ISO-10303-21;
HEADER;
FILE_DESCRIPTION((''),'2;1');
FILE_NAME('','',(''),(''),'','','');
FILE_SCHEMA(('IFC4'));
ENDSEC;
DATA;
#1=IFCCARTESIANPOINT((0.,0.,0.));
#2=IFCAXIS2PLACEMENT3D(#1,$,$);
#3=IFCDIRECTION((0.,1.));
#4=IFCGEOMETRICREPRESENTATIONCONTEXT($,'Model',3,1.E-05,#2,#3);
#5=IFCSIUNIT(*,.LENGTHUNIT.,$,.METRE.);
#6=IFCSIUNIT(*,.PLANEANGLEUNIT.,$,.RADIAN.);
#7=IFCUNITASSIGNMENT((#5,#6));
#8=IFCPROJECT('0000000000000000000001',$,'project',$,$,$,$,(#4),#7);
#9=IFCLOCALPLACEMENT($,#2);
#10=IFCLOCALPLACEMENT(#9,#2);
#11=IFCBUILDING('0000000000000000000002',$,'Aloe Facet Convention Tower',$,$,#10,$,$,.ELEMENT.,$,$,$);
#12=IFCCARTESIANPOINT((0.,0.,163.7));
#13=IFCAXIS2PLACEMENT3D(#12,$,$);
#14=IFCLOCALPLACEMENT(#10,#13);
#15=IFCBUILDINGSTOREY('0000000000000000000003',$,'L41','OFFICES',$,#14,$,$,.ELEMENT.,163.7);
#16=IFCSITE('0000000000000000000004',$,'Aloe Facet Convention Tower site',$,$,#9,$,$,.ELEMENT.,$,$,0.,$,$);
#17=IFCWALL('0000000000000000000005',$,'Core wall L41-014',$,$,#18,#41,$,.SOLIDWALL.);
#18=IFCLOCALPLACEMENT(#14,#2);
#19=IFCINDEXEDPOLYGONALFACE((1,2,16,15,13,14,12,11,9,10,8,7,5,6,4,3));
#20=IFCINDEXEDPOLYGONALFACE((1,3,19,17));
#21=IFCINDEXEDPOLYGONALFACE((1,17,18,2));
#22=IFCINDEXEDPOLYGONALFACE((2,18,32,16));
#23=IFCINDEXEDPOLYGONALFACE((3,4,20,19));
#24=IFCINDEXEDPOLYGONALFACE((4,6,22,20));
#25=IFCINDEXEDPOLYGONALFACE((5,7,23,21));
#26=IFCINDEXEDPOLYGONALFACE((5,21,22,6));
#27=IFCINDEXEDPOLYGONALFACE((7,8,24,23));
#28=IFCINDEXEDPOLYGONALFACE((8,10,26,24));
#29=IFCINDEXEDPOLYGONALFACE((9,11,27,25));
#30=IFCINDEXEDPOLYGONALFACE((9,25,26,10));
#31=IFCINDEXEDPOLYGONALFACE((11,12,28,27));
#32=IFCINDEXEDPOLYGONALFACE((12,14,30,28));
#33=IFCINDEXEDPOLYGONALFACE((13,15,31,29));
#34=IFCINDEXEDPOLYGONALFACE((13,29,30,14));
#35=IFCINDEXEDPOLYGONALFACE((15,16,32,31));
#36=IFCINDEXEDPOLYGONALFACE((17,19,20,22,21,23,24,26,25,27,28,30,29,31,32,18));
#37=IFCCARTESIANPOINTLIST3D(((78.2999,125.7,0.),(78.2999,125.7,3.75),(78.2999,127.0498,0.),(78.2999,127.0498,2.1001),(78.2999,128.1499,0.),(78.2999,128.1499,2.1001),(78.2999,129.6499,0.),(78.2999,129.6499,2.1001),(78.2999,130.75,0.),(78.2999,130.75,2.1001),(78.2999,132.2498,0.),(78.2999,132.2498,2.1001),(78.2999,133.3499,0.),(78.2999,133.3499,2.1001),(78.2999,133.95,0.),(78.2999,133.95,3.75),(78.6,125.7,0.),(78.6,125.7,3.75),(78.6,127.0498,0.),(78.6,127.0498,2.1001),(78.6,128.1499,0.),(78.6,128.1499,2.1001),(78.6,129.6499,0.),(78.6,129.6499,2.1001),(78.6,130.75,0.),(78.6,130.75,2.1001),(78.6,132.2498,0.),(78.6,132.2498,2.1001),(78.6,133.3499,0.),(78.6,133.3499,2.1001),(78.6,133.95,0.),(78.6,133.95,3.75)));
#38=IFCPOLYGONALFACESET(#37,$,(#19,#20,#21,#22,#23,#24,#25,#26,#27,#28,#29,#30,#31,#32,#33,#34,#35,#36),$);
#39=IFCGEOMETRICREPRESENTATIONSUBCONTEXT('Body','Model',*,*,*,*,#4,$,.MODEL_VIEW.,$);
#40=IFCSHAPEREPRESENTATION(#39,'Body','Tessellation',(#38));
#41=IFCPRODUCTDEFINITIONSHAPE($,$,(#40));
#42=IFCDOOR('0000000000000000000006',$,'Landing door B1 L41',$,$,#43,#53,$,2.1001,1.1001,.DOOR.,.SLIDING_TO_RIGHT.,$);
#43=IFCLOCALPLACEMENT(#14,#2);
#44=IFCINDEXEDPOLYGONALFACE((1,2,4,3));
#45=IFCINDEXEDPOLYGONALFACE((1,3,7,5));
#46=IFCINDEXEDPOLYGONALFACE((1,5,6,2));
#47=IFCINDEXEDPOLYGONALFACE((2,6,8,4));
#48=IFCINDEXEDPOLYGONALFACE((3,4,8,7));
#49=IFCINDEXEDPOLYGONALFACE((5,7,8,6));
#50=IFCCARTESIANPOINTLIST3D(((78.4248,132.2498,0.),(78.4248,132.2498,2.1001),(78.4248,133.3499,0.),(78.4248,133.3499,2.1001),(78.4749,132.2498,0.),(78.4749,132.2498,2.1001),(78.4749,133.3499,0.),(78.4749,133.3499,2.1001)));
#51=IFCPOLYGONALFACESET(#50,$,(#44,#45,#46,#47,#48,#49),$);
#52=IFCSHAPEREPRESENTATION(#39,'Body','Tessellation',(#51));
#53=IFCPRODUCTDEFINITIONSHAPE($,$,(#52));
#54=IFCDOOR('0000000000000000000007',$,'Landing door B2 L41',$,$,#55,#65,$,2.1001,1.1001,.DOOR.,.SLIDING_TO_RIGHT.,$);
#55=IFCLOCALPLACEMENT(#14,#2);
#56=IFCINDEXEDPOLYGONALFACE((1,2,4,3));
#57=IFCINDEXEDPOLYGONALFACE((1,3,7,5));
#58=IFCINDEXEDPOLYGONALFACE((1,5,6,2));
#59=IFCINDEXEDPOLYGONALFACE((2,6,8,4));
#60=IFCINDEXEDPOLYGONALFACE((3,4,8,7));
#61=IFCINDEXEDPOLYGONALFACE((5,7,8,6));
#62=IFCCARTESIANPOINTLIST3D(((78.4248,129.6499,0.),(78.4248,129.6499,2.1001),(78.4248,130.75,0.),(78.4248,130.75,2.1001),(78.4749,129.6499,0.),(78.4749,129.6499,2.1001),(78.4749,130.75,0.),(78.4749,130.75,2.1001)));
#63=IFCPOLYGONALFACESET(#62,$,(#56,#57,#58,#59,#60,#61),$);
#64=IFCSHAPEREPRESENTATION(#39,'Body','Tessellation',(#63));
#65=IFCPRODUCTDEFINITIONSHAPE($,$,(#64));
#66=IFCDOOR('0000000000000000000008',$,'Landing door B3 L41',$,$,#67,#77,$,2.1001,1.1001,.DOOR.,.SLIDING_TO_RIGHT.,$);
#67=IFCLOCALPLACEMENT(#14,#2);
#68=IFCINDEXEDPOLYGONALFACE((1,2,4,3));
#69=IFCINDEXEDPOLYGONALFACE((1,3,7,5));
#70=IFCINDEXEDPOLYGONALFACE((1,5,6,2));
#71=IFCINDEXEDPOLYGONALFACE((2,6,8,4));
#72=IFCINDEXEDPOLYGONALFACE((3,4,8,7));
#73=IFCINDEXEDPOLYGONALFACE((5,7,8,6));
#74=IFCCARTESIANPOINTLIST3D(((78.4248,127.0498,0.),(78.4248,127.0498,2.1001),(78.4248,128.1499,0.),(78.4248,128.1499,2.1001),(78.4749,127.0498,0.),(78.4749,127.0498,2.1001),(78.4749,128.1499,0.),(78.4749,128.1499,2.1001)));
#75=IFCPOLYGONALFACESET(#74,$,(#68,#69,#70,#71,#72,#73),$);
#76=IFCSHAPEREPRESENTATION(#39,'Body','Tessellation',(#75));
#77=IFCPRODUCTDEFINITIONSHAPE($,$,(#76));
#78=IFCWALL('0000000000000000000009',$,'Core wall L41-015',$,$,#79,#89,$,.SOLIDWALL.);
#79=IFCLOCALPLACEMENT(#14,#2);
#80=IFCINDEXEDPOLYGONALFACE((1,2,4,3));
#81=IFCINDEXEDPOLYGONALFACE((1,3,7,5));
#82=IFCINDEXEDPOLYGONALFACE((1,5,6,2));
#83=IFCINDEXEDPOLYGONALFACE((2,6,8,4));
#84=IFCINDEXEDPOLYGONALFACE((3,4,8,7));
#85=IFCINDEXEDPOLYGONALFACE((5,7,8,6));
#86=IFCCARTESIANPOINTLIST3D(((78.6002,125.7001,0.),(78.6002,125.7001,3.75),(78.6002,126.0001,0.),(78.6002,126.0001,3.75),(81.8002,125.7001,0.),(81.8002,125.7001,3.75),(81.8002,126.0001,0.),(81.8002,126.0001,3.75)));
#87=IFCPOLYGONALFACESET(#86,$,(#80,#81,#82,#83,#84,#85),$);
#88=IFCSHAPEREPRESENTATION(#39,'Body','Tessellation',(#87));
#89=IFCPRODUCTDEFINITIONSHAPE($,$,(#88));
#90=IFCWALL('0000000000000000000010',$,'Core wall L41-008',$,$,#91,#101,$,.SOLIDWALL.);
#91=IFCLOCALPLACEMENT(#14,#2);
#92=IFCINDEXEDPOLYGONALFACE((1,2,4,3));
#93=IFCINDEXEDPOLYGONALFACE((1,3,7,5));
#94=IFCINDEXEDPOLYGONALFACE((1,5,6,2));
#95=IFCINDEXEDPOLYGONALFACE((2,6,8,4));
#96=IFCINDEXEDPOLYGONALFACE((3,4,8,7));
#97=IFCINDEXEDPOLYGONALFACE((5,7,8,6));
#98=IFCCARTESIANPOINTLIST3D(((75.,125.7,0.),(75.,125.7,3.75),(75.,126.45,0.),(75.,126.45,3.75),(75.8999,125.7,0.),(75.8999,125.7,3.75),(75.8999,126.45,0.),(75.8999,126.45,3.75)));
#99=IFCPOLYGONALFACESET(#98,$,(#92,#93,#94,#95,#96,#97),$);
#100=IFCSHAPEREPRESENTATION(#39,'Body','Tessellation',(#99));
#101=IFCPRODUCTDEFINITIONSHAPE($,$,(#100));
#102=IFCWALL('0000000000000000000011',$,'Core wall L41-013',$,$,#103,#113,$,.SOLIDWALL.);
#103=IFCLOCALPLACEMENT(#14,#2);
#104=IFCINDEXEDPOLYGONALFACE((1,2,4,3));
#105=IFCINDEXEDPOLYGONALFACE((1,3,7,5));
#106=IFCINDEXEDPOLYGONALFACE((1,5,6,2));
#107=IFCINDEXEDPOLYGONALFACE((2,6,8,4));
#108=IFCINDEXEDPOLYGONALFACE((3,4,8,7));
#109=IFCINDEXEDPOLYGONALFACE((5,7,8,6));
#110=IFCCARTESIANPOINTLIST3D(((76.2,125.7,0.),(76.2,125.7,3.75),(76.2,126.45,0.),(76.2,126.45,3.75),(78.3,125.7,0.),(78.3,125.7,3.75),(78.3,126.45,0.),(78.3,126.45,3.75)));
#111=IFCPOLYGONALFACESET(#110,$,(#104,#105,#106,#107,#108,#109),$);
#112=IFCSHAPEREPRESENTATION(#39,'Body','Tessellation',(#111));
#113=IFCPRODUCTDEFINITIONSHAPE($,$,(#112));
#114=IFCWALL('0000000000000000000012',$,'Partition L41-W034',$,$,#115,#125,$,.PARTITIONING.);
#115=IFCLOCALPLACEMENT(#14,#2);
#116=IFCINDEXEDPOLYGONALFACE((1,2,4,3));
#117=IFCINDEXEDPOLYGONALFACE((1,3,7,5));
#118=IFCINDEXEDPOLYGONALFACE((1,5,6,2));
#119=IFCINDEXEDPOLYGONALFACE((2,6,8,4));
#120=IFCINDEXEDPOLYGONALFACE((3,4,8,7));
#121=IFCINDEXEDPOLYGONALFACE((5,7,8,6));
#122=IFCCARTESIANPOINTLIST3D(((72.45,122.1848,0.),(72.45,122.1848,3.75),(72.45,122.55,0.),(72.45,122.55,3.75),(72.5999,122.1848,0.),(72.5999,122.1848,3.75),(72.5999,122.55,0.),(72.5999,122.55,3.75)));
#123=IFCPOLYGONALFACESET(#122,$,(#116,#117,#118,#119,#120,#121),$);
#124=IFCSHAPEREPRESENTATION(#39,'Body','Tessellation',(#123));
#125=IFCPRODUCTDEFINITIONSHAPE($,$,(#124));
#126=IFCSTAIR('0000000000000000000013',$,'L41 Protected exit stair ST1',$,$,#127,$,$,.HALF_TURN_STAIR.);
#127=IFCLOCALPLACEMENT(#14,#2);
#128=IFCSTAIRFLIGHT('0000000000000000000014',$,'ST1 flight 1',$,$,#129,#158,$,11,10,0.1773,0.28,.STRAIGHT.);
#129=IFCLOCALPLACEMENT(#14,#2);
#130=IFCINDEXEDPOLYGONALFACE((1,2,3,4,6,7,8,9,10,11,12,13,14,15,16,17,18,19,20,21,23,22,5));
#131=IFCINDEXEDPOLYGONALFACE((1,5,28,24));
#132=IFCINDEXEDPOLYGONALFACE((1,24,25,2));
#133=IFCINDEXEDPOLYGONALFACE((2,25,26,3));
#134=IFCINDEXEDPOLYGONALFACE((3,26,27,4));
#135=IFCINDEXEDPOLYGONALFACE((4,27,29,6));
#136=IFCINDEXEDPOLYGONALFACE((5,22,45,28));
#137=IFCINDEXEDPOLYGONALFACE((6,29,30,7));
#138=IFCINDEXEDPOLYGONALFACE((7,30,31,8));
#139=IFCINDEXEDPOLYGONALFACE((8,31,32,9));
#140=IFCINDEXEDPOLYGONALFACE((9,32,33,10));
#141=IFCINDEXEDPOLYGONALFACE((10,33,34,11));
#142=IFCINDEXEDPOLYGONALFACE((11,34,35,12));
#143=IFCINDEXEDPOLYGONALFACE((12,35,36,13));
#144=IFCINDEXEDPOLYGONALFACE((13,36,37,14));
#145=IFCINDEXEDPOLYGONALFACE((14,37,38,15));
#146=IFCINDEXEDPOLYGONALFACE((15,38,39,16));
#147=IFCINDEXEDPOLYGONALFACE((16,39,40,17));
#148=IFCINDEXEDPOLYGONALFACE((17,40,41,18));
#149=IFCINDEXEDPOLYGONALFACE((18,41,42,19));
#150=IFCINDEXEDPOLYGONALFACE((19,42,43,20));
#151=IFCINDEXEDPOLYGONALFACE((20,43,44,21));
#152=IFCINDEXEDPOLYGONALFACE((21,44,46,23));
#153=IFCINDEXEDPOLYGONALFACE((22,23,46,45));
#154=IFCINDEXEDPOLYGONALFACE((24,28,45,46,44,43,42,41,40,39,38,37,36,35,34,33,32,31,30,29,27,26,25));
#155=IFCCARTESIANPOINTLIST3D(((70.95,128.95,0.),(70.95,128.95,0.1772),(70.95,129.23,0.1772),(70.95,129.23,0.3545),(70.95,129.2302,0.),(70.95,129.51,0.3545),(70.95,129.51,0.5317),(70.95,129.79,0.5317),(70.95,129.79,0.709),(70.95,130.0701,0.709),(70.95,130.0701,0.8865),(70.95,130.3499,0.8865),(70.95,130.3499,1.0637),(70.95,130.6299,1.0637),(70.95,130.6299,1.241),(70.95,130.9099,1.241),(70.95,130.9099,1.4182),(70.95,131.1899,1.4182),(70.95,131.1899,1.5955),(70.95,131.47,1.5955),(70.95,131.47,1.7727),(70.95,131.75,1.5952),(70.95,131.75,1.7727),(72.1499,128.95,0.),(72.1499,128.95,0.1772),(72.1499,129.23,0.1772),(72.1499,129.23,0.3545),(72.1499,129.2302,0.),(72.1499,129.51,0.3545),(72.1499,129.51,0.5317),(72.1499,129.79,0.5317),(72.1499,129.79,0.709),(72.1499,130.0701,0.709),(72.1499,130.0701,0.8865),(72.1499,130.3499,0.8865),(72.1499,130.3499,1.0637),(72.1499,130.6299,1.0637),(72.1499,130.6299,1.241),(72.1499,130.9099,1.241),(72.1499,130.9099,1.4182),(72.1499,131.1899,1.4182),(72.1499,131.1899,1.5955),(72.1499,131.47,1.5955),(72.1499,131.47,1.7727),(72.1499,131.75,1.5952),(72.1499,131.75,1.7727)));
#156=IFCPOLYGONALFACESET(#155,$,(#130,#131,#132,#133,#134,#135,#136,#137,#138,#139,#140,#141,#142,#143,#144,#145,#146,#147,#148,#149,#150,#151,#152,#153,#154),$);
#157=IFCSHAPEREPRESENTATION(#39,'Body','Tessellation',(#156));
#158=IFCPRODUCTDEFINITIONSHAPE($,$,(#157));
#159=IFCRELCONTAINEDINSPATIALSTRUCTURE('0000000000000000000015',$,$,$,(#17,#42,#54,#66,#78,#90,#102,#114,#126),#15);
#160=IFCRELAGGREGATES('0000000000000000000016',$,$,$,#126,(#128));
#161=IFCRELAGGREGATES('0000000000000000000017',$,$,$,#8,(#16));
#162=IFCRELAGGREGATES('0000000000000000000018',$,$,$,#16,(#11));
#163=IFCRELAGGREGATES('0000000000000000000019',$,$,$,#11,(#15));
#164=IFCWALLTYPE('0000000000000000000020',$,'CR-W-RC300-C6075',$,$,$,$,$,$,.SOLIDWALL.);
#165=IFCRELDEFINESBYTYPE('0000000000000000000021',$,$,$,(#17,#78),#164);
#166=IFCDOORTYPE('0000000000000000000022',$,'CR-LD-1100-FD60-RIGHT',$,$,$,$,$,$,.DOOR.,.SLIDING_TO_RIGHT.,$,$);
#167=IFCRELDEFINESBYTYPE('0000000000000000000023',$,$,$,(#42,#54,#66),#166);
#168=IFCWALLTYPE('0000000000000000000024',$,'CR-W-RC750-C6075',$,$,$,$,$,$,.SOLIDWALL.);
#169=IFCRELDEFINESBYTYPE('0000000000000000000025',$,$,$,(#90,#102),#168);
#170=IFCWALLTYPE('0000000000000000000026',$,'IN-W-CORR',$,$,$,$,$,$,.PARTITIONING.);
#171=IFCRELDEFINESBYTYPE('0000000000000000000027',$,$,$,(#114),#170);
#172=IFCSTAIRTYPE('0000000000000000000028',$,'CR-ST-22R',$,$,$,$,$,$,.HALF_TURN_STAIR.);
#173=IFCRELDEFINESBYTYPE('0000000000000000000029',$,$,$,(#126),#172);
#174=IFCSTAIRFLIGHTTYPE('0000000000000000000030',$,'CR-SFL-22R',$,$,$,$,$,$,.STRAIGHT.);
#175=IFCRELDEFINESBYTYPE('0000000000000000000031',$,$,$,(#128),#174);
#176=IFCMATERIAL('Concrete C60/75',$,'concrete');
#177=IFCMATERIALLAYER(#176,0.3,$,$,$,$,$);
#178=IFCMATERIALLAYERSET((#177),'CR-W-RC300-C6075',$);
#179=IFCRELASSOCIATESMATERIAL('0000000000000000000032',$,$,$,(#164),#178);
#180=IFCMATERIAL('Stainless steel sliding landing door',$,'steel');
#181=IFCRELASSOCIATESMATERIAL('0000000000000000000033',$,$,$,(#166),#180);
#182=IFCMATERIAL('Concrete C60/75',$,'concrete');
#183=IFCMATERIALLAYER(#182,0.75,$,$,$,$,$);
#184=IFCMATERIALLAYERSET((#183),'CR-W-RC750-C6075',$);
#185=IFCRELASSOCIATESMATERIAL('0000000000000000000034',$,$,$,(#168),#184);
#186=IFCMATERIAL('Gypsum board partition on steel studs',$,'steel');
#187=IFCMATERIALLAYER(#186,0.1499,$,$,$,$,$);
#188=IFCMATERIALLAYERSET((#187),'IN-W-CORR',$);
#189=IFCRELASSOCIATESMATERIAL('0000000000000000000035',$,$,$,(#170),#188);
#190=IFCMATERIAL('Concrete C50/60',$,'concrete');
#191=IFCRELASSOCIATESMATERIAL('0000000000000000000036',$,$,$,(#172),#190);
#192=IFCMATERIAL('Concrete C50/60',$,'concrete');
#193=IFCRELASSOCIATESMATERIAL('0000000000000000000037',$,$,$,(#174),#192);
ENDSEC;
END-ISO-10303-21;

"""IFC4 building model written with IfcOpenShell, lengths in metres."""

from ifc_helpers import new_model, si_unit, direction, frame, frame_2d, origin, place, context, subcontext, project, spatial, polyline, rectangle, outline, extrude, material, layer, layer_set, type_object, element, fill, aggregate, save


model = new_model("IFC4")

# Units and contexts
model_context = context("Model", 3, precision=1e-05, world=origin(), true_north=direction((0.0, 1.0)))
body_context = subcontext(model_context, "Body", "Model", "MODEL_VIEW")
ifc_project = project(units=[si_unit("LENGTHUNIT", "METRE"), si_unit("PLANEANGLEUNIT", "RADIAN")], contexts=[model_context])

# Site, building, storey
site_placement = place(None, origin())
site = spatial("IfcSite", under=ifc_project, at=site_placement, Name="Aloe Facet Convention Tower site", CompositionType="ELEMENT", RefElevation=0.0)
building_placement = place(site_placement, origin())
building = spatial("IfcBuilding", under=site, at=building_placement, Name="Aloe Facet Convention Tower", CompositionType="ELEMENT")
storey_placement = place(building_placement, frame((0.0, 0.0, 163.7)))
storey = spatial("IfcBuildingStorey", under=building, at=storey_placement, Name="L41", Description="OFFICES", CompositionType="ELEMENT", Elevation=163.7)

# Shared definitions
ifc_material_1 = material(Name="Concrete C60/75", Category="concrete")
ifc_layer_1 = layer(ifc_material_1, 0.3)
ifc_layer_set_1 = layer_set([ifc_layer_1], Name="CR-W-RC300-C6075")
wall_type_1 = type_object("IfcWallType", Name="CR-W-RC300-C6075", PredefinedType="SOLIDWALL", material=ifc_layer_set_1)

# Wall, openings, doors
wall_1_placement = place(storey_placement, frame((78.45, 133.95, 0.0), z_axis=(0.0, 0.0, 1.0), x_axis=(0.0, -1.0, 0.0)))
wall_1 = element("IfcWall", 1, at=wall_1_placement, inside=storey, type_object=wall_type_1, Name="Core wall L41-014", PredefinedType="SOLIDWALL", context=body_context, shape_type="SweptSolid", body=[
    extrude(rectangle(XDim=8.25, YDim=0.3, at=frame_2d((4.125, 0.0))), origin(), (0.0, 0.0, 1.0), 3.75),
])
opening_1_placement = place(wall_1_placement, frame((0.6001, 0.0, 0.0)))
opening_1 = element("IfcOpeningElement", 2, at=opening_1_placement, cuts=wall_1, PredefinedType="OPENING", context=body_context, shape_type="SweptSolid", body=[
    extrude(rectangle(XDim=1.1001, YDim=2.1001, at=frame_2d((0.55, 1.05))), frame((0.0, 0.1602, 0.0), z_axis=(0.0, -1.0, 0.0), x_axis=(1.0, 0.0, 0.0)), (0.0, 0.0, 1.0), 0.3201),
])
opening_2_placement = place(wall_1_placement, frame((3.2, 0.0, 0.0)))
opening_2 = element("IfcOpeningElement", 3, at=opening_2_placement, cuts=wall_1, PredefinedType="OPENING", context=body_context, shape_type="SweptSolid", body=[
    extrude(rectangle(XDim=1.1001, YDim=2.1001, at=frame_2d((0.55, 1.05))), frame((0.0, 0.1602, 0.0), z_axis=(0.0, -1.0, 0.0), x_axis=(1.0, 0.0, 0.0)), (0.0, 0.0, 1.0), 0.3201),
])
opening_3_placement = place(wall_1_placement, frame((5.8, 0.0, 0.0)))
opening_3 = element("IfcOpeningElement", 4, at=opening_3_placement, cuts=wall_1, PredefinedType="OPENING", context=body_context, shape_type="SweptSolid", body=[
    extrude(rectangle(XDim=1.1001, YDim=2.1001, at=frame_2d((0.55, 1.05))), frame((0.0, 0.1602, 0.0), z_axis=(0.0, -1.0, 0.0), x_axis=(1.0, 0.0, 0.0)), (0.0, 0.0, 1.0), 0.3201),
])
ifc_material_2 = material(Name="Stainless steel sliding landing door", Category="steel")
door_type_1 = type_object("IfcDoorType", Name="CR-LD-1100-FD60-RIGHT", OperationType="SLIDING_TO_RIGHT", PredefinedType="DOOR", material=ifc_material_2)
door_1_placement = place(opening_1_placement, origin())
door_1 = element("IfcDoor", 5, at=door_1_placement, inside=storey, type_object=door_type_1, Name="Landing door B1 L41", OperationType="SLIDING_TO_RIGHT", OverallHeight=2.1001, OverallWidth=1.1001, PredefinedType="DOOR", context=body_context, shape_type="SweptSolid", body=[
    extrude(rectangle(XDim=1.1001, YDim=2.1001, at=frame_2d((0.55, 1.05))), frame((0.0, 0.0249, 0.0), z_axis=(0.0, -1.0, 0.0), x_axis=(1.0, 0.0, 0.0)), (0.0, 0.0, 1.0), 0.05),
])
fill(opening_1, door_1)
door_2_placement = place(opening_2_placement, origin())
door_2 = element("IfcDoor", 6, at=door_2_placement, inside=storey, type_object=door_type_1, Name="Landing door B2 L41", OperationType="SLIDING_TO_RIGHT", OverallHeight=2.1001, OverallWidth=1.1001, PredefinedType="DOOR", context=body_context, shape_type="SweptSolid", body=[
    extrude(rectangle(XDim=1.1001, YDim=2.1001, at=frame_2d((0.55, 1.05))), frame((0.0, 0.0249, 0.0), z_axis=(0.0, -1.0, 0.0), x_axis=(1.0, 0.0, 0.0)), (0.0, 0.0, 1.0), 0.05),
])
fill(opening_2, door_2)
door_3_placement = place(opening_3_placement, origin())
door_3 = element("IfcDoor", 7, at=door_3_placement, inside=storey, type_object=door_type_1, Name="Landing door B3 L41", OperationType="SLIDING_TO_RIGHT", OverallHeight=2.1001, OverallWidth=1.1001, PredefinedType="DOOR", context=body_context, shape_type="SweptSolid", body=[
    extrude(rectangle(XDim=1.1001, YDim=2.1001, at=frame_2d((0.55, 1.05))), frame((0.0, 0.0249, 0.0), z_axis=(0.0, -1.0, 0.0), x_axis=(1.0, 0.0, 0.0)), (0.0, 0.0, 1.0), 0.05),
])
fill(opening_3, door_3)

# Walls
wall_2_placement = place(storey_placement, frame((78.6001, 125.8501, 0.0), z_axis=(0.0, 0.0, 1.0), x_axis=(1.0, 0.0, 0.0)))
element("IfcWall", 8, at=wall_2_placement, inside=storey, type_object=wall_type_1, Name="Core wall L41-015", PredefinedType="SOLIDWALL", context=body_context, shape_type="SweptSolid", body=[
    extrude(rectangle(XDim=3.2, YDim=0.3, at=frame_2d((1.6001, 0.0))), origin(), (0.0, 0.0, 1.0), 3.75),
])
ifc_material_3 = material(Name="Concrete C60/75", Category="concrete")
ifc_layer_2 = layer(ifc_material_3, 0.75)
ifc_layer_set_2 = layer_set([ifc_layer_2], Name="CR-W-RC750-C6075")
wall_type_2 = type_object("IfcWallType", Name="CR-W-RC750-C6075", PredefinedType="SOLIDWALL", material=ifc_layer_set_2)
wall_3_placement = place(storey_placement, frame((75.0, 126.075, 0.0), z_axis=(0.0, 0.0, 1.0), x_axis=(1.0, 0.0, 0.0)))
element("IfcWall", 9, at=wall_3_placement, inside=storey, type_object=wall_type_2, Name="Core wall L41-008", PredefinedType="SOLIDWALL", context=body_context, shape_type="SweptSolid", body=[
    extrude(rectangle(XDim=0.8999, YDim=0.75, at=frame_2d((0.45, 0.0))), origin(), (0.0, 0.0, 1.0), 3.75),
])
wall_4_placement = place(storey_placement, frame((76.2, 126.075, 0.0), z_axis=(0.0, 0.0, 1.0), x_axis=(1.0, 0.0, 0.0)))
element("IfcWall", 10, at=wall_4_placement, inside=storey, type_object=wall_type_2, Name="Core wall L41-013", PredefinedType="SOLIDWALL", context=body_context, shape_type="SweptSolid", body=[
    extrude(rectangle(XDim=2.1001, YDim=0.75, at=frame_2d((1.05, 0.0))), origin(), (0.0, 0.0, 1.0), 3.75),
])
ifc_material_4 = material(Name="Gypsum board partition on steel studs", Category="steel")
ifc_layer_3 = layer(ifc_material_4, 0.1499)
ifc_layer_set_3 = layer_set([ifc_layer_3], Name="IN-W-CORR")
wall_type_3 = type_object("IfcWallType", Name="IN-W-CORR", PredefinedType="PARTITIONING", material=ifc_layer_set_3)
wall_5_placement = place(storey_placement, frame((72.5249, 122.1848, 0.0), z_axis=(0.0, 0.0, 1.0), x_axis=(0.0, 1.0, 0.0)))
element("IfcWall", 11, at=wall_5_placement, inside=storey, type_object=wall_type_3, Name="Partition L41-W034", PredefinedType="PARTITIONING", context=body_context, shape_type="SweptSolid", body=[
    extrude(rectangle(XDim=0.3652, YDim=0.1499, at=frame_2d((0.1826, 0.0))), origin(), (0.0, 0.0, 1.0), 3.75),
])

# Stair, stair flight
ifc_material_5 = material(Name="Concrete C50/60", Category="concrete")
stair_type = type_object("IfcStairType", Name="CR-ST-22R", PredefinedType="HALF_TURN_STAIR", material=ifc_material_5)
stair_1_placement = place(storey_placement, origin())
stair_1 = element("IfcStair", 12, at=stair_1_placement, inside=storey, type_object=stair_type, Name="L41 Protected exit stair ST1", PredefinedType="HALF_TURN_STAIR")
ifc_material_6 = material(Name="Concrete C50/60", Category="concrete")
stair_flight_type = type_object("IfcStairFlightType", Name="CR-SFL-22R", PredefinedType="STRAIGHT", material=ifc_material_6)
stair_flight_1_placement = place(storey_placement, frame((71.55, 128.95, 0.0), z_axis=(0.0, 0.0, 1.0), x_axis=(0.0, 1.0, 0.0)))
stair_flight_1 = element("IfcStairFlight", 13, at=stair_flight_1_placement, type_object=stair_flight_type, Name="ST1 flight 1", NumberOfRisers=11, NumberOfTreads=10, PredefinedType="STRAIGHT", RiserHeight=0.1773, TreadLength=0.28, context=body_context, shape_type="SweptSolid", body=[
    extrude(outline(polyline([(0.0, 0.0), (0.0, 0.1772), (0.28, 0.1772), (0.28, 0.3545), (0.5601, 0.3545), (0.5601, 0.5317), (0.8401, 0.5317), (0.8401, 0.709), (1.1201, 0.709), (1.1201, 0.8865), (1.3999, 0.8865), (1.3999, 1.0637), (1.6799, 1.0637), (1.6799, 1.241), (1.96, 1.241), (1.96, 1.4182), (2.24, 1.4182), (2.24, 1.5955), (2.52, 1.5955), (2.52, 1.7727), (2.8, 1.7727), (2.8, 1.95), (2.8, 1.5952), (0.2803, 0.0), (0.0, 0.0)])), frame((0.0, 0.6001, 0.0), z_axis=(0.0, -1.0, 0.0), x_axis=(1.0, 0.0, 0.0)), (0.0, 0.0, 1.0), 1.2),
])
aggregate(stair_1, [stair_flight_1])

save(model, "model.ifc")
